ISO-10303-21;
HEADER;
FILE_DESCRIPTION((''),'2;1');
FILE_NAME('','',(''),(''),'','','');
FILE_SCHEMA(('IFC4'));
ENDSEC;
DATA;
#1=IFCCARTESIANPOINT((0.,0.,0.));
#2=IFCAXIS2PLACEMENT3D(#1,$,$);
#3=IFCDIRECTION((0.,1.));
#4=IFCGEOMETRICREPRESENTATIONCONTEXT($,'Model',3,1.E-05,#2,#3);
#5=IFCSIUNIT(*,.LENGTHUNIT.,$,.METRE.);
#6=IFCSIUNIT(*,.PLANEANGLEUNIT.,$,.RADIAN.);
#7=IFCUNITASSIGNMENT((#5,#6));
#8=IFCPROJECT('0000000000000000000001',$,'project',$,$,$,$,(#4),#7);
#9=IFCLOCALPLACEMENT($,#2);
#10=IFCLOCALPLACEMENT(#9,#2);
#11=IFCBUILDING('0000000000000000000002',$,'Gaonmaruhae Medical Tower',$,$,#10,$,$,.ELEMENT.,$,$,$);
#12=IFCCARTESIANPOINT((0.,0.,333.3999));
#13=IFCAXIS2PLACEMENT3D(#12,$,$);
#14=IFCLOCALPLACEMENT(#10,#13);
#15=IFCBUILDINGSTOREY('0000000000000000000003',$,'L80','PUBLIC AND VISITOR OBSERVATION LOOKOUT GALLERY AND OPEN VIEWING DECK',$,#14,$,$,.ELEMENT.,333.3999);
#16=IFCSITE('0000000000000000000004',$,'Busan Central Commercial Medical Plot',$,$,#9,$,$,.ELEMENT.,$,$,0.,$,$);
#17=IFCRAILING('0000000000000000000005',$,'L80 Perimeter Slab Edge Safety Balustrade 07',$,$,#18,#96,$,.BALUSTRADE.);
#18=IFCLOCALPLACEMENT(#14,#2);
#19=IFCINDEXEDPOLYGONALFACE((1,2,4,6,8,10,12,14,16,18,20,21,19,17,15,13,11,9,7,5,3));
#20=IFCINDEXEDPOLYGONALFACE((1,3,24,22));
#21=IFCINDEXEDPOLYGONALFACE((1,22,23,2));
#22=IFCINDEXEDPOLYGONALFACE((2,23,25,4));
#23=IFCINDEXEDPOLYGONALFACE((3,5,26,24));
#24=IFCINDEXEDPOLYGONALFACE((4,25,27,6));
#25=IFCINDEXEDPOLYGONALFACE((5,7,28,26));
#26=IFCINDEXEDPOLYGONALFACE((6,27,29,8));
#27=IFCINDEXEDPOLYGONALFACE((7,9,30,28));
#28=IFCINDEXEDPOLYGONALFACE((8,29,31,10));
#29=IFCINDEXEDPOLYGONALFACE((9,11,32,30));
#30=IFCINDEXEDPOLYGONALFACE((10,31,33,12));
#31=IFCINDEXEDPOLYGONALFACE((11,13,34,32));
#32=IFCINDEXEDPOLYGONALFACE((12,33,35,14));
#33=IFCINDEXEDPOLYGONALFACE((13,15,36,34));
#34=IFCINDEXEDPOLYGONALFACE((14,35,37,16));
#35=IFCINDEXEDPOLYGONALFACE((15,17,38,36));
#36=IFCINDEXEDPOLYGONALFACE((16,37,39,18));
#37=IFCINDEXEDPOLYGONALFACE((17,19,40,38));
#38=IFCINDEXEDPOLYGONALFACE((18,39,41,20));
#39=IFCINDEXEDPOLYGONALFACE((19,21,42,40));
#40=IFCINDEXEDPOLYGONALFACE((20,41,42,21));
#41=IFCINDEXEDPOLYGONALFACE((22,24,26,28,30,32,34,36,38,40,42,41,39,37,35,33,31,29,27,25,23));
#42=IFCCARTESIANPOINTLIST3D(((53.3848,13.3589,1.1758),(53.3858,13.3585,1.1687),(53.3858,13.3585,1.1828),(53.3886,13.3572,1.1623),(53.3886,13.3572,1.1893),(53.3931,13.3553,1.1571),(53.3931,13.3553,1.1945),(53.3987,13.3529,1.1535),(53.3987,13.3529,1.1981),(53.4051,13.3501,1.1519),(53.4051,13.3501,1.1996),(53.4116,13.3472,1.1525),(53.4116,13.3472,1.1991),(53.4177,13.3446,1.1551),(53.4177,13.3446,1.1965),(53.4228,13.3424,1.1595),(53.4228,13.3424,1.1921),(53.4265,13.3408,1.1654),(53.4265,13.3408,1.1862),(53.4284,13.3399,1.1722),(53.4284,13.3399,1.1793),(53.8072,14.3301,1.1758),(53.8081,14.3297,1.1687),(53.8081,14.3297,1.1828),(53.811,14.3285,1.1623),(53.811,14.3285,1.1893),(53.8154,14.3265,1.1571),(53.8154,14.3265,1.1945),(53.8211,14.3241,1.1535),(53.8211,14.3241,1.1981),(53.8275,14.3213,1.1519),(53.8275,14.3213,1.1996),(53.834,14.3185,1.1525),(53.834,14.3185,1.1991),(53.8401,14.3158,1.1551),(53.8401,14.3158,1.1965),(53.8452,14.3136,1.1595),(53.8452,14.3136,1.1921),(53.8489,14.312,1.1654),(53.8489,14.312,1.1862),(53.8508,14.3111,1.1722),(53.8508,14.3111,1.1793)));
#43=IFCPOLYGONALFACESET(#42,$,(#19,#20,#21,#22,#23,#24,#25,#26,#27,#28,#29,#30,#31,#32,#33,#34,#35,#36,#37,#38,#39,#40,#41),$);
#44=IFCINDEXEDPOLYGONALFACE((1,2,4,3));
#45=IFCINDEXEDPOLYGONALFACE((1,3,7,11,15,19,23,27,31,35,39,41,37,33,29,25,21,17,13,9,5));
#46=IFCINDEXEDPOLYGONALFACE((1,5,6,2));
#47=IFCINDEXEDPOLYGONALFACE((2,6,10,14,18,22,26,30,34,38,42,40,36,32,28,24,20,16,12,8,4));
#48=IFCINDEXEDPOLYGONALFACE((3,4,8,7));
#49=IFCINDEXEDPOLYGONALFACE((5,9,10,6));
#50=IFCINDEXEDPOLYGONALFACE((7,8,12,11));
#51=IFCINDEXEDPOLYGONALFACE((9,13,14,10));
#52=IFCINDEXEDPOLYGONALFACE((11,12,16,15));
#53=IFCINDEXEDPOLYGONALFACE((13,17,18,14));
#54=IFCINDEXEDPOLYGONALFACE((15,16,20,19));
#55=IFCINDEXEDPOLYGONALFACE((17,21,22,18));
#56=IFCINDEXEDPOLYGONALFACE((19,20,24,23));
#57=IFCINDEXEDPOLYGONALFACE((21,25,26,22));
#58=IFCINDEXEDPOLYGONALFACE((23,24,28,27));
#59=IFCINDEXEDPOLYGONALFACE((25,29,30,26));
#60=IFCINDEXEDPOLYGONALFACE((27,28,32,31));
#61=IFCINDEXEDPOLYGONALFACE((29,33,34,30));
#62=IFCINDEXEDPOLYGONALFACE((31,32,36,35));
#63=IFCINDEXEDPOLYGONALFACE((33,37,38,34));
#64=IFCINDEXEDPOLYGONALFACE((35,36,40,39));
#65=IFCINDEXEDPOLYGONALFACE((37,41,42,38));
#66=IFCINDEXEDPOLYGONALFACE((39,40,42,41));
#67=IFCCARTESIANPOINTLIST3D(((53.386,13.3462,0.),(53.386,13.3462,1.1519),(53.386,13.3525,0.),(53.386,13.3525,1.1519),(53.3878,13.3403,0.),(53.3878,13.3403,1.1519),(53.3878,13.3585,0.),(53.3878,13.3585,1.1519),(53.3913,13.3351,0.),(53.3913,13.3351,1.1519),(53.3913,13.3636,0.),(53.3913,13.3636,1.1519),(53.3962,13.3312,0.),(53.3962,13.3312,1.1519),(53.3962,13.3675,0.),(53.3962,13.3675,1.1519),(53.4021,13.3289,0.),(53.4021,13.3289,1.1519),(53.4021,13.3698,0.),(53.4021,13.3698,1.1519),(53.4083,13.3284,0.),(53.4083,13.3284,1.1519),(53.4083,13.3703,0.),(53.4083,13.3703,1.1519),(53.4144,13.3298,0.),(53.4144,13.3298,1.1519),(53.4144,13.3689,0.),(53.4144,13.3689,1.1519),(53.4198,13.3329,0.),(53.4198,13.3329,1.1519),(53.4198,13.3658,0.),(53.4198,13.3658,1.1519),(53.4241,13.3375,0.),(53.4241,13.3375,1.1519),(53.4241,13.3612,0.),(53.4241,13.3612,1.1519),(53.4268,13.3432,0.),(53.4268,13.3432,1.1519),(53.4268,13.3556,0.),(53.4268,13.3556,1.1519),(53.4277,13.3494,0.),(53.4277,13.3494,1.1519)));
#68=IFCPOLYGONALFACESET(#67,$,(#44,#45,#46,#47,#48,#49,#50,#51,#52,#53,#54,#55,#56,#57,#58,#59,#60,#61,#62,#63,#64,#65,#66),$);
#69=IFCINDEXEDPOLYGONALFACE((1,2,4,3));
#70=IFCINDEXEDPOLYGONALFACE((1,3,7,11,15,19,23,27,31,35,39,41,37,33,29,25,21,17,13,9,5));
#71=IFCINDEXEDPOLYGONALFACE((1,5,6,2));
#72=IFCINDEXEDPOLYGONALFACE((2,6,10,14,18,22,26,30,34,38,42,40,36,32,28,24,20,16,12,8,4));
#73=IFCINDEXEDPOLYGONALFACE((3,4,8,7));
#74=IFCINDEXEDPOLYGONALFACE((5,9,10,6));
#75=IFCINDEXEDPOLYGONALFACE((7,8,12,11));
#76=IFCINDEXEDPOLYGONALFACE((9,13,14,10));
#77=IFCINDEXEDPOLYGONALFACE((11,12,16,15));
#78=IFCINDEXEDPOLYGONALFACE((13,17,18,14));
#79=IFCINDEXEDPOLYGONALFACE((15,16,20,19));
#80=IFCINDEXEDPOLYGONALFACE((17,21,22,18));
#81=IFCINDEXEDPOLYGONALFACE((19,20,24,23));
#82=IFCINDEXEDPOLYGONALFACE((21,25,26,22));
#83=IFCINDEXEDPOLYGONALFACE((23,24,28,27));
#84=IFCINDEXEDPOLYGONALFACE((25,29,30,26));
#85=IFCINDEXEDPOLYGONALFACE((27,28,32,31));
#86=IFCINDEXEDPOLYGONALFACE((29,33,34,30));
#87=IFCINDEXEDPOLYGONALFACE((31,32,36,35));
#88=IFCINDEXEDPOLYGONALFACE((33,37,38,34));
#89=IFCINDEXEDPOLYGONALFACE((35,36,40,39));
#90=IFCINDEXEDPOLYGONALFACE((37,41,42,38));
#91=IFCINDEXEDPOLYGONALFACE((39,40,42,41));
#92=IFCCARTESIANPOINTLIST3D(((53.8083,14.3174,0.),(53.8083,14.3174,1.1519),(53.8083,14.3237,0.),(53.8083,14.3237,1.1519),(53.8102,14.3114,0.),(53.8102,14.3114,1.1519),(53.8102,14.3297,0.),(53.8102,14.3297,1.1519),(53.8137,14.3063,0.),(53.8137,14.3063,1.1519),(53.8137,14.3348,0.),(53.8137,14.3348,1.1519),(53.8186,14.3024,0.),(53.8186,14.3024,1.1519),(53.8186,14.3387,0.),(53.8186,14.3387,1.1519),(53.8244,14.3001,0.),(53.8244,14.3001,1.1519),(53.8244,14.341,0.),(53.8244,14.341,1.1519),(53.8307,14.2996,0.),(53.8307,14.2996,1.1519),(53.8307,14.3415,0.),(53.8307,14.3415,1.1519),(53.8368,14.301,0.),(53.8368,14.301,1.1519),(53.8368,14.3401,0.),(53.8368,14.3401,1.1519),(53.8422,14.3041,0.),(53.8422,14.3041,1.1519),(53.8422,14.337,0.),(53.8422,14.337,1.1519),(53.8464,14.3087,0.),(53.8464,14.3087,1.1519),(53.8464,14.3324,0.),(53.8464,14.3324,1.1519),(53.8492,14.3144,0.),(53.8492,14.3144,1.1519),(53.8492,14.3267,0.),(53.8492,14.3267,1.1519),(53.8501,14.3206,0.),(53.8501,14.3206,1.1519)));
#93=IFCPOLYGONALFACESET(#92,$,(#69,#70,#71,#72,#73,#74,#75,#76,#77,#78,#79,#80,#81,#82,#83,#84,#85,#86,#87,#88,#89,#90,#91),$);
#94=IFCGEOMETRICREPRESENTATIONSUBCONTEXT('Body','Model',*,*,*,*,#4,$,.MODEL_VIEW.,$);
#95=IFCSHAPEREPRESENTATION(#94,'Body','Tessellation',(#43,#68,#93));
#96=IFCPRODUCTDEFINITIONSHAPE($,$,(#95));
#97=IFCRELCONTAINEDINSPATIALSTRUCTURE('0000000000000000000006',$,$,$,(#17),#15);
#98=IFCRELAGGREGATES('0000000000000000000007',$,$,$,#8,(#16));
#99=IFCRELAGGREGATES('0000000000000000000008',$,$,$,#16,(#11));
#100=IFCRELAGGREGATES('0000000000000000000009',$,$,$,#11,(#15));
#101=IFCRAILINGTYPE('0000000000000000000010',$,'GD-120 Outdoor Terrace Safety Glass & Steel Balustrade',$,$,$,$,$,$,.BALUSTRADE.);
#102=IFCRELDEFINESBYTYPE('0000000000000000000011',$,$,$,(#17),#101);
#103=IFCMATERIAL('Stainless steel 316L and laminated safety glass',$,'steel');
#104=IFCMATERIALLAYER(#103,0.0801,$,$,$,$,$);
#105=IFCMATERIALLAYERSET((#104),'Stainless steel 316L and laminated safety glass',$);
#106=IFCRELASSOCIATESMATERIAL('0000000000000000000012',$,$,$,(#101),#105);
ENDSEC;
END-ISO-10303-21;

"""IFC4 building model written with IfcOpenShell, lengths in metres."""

from ifc_helpers import new_model, si_unit, direction, frame, origin, origin_2d, place, context, subcontext, project, spatial, circle, extrude, material, layer, layer_set, type_object, element, save


model = new_model("IFC4")

# Units and contexts
model_context = context("Model", 3, precision=1e-05, world=origin(), true_north=direction((0.0, 1.0)))
body_context = subcontext(model_context, "Body", "Model", "MODEL_VIEW")
ifc_project = project(units=[si_unit("LENGTHUNIT", "METRE"), si_unit("PLANEANGLEUNIT", "RADIAN")], contexts=[model_context])

# Site, building, storey
site_placement = place(None, origin())
site = spatial("IfcSite", under=ifc_project, at=site_placement, Name="Busan Central Commercial Medical Plot", CompositionType="ELEMENT", RefElevation=0.0)
building_placement = place(site_placement, origin())
building = spatial("IfcBuilding", under=site, at=building_placement, Name="Gaonmaruhae Medical Tower", CompositionType="ELEMENT")
storey_placement = place(building_placement, frame((0.0, 0.0, 333.3999)))
storey = spatial("IfcBuildingStorey", under=building, at=storey_placement, Name="L80", Description="PUBLIC AND VISITOR OBSERVATION LOOKOUT GALLERY AND OPEN VIEWING DECK", CompositionType="ELEMENT", Elevation=333.3999)

# Railing
ifc_material_1 = material(Name="Stainless steel 316L and laminated safety glass", Category="steel")
ifc_layer_1 = layer(ifc_material_1, 0.0801)
ifc_layer_set_1 = layer_set([ifc_layer_1], Name="Stainless steel 316L and laminated safety glass")
railing_type = type_object("IfcRailingType", Name="GD-120 Outdoor Terrace Safety Glass & Steel Balustrade", PredefinedType="BALUSTRADE", material=ifc_layer_set_1)
for number, where, name in (
    (1, (53.4067, 13.3494, 0.0), "L80 Perimeter Slab Edge Safety Balustrade 07"),
):
    element("IfcRailing", number, at=place(storey_placement, frame(where)), inside=storey, type_object=railing_type, Name=name, PredefinedType="BALUSTRADE", context=body_context, shape_type="SweptSolid", body=[
        extrude(circle(Radius=0.0239, at=origin_2d()), frame((0.0, 0.0, 1.1758), z_axis=(0.39881, 0.917033, 0.0), x_axis=(-0.917033, 0.39881, 0.0)), (0.0, 0.0, 1.0), 1.0591),
        extrude(circle(Radius=0.021, at=origin_2d()), origin(), (0.0, 0.0, 1.0), 1.1519),
        extrude(circle(Radius=0.021, at=origin_2d()), frame((0.4224, 0.9712, 0.0)), (0.0, 0.0, 1.0), 1.1519),
    ])

save(model, "model.ifc")
